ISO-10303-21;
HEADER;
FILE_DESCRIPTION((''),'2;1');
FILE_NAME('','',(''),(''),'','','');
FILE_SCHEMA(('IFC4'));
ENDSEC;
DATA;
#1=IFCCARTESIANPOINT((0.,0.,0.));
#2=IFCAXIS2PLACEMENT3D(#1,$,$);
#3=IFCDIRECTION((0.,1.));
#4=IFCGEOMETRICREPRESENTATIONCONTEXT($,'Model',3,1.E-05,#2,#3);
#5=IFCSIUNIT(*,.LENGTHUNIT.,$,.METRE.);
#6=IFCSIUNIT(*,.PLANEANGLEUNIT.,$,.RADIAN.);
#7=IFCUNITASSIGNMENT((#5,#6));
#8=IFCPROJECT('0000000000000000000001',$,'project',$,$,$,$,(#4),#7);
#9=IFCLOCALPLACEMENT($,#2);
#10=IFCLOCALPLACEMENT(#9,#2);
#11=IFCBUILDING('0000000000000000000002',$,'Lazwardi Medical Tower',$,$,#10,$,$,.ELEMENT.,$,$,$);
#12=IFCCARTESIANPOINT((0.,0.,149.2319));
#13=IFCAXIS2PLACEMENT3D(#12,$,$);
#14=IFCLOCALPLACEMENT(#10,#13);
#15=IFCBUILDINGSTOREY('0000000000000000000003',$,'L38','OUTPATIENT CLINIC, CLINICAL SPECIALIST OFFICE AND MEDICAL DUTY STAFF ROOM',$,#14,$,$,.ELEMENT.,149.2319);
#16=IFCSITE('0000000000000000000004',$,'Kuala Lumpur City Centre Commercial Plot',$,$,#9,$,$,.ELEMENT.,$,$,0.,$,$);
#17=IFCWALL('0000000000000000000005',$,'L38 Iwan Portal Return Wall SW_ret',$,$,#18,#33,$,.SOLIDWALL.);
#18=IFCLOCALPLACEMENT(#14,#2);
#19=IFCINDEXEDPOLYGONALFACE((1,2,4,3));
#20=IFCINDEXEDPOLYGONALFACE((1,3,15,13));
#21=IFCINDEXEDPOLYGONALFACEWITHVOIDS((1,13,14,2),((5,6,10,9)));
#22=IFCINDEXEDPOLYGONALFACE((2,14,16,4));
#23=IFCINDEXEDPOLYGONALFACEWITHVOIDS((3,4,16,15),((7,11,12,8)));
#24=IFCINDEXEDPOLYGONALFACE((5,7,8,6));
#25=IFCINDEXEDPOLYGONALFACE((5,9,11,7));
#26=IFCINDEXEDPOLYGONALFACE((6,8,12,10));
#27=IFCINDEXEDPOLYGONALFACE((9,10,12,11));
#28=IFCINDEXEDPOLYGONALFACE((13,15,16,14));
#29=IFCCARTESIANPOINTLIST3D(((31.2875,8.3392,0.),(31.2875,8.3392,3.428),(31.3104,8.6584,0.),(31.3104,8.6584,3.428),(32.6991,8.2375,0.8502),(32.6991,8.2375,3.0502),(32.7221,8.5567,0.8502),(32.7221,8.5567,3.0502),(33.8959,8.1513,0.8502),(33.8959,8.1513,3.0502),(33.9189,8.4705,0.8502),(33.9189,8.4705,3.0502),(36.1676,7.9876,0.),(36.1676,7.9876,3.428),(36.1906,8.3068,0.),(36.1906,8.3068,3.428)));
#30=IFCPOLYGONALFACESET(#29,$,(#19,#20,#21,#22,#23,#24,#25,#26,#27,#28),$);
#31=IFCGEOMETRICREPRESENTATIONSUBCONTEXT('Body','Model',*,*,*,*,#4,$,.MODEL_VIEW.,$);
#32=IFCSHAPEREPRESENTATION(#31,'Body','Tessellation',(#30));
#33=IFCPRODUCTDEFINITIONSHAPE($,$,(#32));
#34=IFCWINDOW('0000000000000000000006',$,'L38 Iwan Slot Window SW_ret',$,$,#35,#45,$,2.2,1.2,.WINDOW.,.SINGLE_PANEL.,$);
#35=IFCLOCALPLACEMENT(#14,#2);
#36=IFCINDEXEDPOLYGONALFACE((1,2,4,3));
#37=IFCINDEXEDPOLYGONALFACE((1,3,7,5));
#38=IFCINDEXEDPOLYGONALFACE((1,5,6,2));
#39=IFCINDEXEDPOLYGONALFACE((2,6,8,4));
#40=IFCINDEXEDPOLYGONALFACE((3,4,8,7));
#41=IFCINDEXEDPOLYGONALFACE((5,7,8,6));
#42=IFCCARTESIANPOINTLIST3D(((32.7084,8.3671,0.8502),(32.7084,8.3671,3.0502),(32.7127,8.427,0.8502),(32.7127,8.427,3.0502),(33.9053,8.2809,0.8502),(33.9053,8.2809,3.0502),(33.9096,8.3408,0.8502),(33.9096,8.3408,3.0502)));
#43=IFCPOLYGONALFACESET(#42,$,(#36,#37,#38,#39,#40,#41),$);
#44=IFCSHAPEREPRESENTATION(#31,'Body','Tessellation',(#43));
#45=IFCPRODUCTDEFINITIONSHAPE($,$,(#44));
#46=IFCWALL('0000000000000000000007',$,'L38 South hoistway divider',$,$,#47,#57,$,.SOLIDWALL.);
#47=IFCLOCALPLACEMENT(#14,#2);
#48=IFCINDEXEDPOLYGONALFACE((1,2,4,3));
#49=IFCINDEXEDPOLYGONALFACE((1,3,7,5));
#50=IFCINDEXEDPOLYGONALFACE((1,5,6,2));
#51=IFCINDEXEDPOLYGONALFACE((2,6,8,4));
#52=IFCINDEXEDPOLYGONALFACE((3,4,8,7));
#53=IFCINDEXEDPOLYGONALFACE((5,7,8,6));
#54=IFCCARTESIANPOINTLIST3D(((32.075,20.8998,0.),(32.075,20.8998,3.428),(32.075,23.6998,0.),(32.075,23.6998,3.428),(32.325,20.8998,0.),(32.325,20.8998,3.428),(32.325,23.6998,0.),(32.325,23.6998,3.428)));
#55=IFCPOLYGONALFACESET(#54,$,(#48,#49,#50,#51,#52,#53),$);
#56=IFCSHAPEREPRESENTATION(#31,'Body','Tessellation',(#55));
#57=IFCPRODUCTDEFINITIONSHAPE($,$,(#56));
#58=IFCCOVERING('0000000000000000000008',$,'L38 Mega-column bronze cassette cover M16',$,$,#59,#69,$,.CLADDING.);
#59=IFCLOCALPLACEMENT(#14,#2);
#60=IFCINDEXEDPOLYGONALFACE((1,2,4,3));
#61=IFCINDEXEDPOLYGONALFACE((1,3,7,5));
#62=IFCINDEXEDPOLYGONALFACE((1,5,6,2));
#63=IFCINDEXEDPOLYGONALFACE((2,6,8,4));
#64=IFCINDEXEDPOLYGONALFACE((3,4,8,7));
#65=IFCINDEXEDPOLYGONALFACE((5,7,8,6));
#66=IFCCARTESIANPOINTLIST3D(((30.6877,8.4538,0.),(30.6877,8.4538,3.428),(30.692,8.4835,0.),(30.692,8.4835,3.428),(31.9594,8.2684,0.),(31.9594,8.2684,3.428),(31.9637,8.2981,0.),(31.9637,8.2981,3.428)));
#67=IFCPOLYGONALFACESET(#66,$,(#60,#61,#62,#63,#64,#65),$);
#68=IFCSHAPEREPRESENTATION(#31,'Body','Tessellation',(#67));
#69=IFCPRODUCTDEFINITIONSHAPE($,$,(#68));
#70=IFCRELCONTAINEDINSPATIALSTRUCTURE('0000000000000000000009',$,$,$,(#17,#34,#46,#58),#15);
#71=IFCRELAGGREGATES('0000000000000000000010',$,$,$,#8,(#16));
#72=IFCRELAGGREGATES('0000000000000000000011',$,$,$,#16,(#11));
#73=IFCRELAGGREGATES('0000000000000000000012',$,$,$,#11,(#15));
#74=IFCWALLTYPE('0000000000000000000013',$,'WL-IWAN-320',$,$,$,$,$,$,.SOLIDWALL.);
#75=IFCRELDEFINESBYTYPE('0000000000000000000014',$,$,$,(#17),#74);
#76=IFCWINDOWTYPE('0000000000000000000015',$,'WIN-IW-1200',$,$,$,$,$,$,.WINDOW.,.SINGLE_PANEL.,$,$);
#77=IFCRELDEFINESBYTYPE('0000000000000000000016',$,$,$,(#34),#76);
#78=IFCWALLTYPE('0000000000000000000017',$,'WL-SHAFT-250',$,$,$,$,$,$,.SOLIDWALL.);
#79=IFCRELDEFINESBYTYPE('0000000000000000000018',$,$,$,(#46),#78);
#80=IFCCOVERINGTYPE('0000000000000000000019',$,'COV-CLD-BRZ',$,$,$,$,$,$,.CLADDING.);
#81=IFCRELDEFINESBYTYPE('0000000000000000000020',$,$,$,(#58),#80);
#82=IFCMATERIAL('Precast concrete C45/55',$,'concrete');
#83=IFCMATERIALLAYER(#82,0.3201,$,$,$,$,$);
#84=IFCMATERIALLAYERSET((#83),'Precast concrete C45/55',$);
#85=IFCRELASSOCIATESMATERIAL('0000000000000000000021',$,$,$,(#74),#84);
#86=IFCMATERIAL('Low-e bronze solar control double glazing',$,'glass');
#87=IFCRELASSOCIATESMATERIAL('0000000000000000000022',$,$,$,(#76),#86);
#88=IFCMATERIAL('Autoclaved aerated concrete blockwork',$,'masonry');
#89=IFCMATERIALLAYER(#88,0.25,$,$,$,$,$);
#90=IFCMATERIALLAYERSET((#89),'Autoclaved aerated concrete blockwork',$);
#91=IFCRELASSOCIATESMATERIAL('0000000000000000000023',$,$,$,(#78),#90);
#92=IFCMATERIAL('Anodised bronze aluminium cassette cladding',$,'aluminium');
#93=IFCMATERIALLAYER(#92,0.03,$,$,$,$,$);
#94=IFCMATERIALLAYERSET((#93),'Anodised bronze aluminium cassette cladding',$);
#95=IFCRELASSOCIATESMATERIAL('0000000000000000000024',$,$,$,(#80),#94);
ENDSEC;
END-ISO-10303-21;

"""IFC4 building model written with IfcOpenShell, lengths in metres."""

from ifc_helpers import new_model, si_unit, direction, frame, frame_2d, origin, origin_2d, place, context, subcontext, project, spatial, rectangle, extrude, material, layer, layer_set, type_object, element, fill, save


model = new_model("IFC4")

# Units and contexts
model_context = context("Model", 3, precision=1e-05, world=origin(), true_north=direction((0.0, 1.0)))
body_context = subcontext(model_context, "Body", "Model", "MODEL_VIEW")
ifc_project = project(units=[si_unit("LENGTHUNIT", "METRE"), si_unit("PLANEANGLEUNIT", "RADIAN")], contexts=[model_context])

# Site, building, storey
site_placement = place(None, origin())
site = spatial("IfcSite", under=ifc_project, at=site_placement, Name="Kuala Lumpur City Centre Commercial Plot", CompositionType="ELEMENT", RefElevation=0.0)
building_placement = place(site_placement, origin())
building = spatial("IfcBuilding", under=site, at=building_placement, Name="Lazwardi Medical Tower", CompositionType="ELEMENT")
storey_placement = place(building_placement, frame((0.0, 0.0, 149.2319)))
storey = spatial("IfcBuildingStorey", under=building, at=storey_placement, Name="L38", Description="OUTPATIENT CLINIC, CLINICAL SPECIALIST OFFICE AND MEDICAL DUTY STAFF ROOM", CompositionType="ELEMENT", Elevation=149.2319)

# Shared definitions
ifc_material_1 = material(Name="Low-e bronze solar control double glazing", Category="glass")

# Wall, opening, window
ifc_material_2 = material(Name="Precast concrete C45/55", Category="concrete")
ifc_layer_1 = layer(ifc_material_2, 0.3201)
ifc_layer_set_1 = layer_set([ifc_layer_1], Name="Precast concrete C45/55")
wall_type_1 = type_object("IfcWallType", Name="WL-IWAN-320", PredefinedType="SOLIDWALL", material=ifc_layer_set_1)
wall_1_placement = place(storey_placement, frame((31.2991, 8.4988, 0.0), z_axis=(0.0, 0.0, 1.0), x_axis=(0.997415, -0.071853, 0.0)))
wall_1 = element("IfcWall", 1, at=wall_1_placement, inside=storey, type_object=wall_type_1, Name="L38 Iwan Portal Return Wall SW_ret", PredefinedType="SOLIDWALL", context=body_context, shape_type="SweptSolid", body=[
    extrude(rectangle(XDim=4.8928, YDim=0.3201, at=frame_2d((2.4463, 0.0))), origin(), (0.0, 0.0, 1.0), 3.428),
])
opening_1_placement = place(wall_1_placement, frame((1.415, 0.0, 0.8501)))
opening_1 = element("IfcOpeningElement", 2, at=opening_1_placement, cuts=wall_1, PredefinedType="OPENING", context=body_context, shape_type="SweptSolid", body=[
    extrude(rectangle(XDim=1.2, YDim=2.2, at=frame_2d((0.6001, 1.1001))), frame((0.0, 0.1699, 0.0), z_axis=(0.0, -1.0, 0.0), x_axis=(1.0, 0.0, 0.0)), (0.0, 0.0, 1.0), 0.3401),
])
window_type = type_object("IfcWindowType", Name="WIN-IW-1200", PartitioningType="SINGLE_PANEL", PredefinedType="WINDOW", material=ifc_material_1)
window_placement = place(opening_1_placement, origin())
window = element("IfcWindow", 3, at=window_placement, inside=storey, type_object=window_type, Name="L38 Iwan Slot Window SW_ret", OverallHeight=2.2, OverallWidth=1.2, PartitioningType="SINGLE_PANEL", PredefinedType="WINDOW", context=body_context, shape_type="SweptSolid", body=[
    extrude(rectangle(XDim=1.2, YDim=2.2, at=frame_2d((0.6001, 1.1001))), frame((0.0, 0.03, 0.0), z_axis=(0.0, -1.0, 0.0), x_axis=(1.0, 0.0, 0.0)), (0.0, 0.0, 1.0), 0.0601),
])
fill(opening_1, window)

# Wall
ifc_material_3 = material(Name="Autoclaved aerated concrete blockwork", Category="masonry")
ifc_layer_2 = layer(ifc_material_3, 0.25)
ifc_layer_set_2 = layer_set([ifc_layer_2], Name="Autoclaved aerated concrete blockwork")
wall_type_2 = type_object("IfcWallType", Name="WL-SHAFT-250", PredefinedType="SOLIDWALL", material=ifc_layer_set_2)
wall_2_placement = place(storey_placement, frame((32.2, 20.8999, 0.0), z_axis=(0.0, 0.0, 1.0), x_axis=(0.0, 1.0, 0.0)))
element("IfcWall", 4, at=wall_2_placement, inside=storey, type_object=wall_type_2, Name="L38 South hoistway divider", PredefinedType="SOLIDWALL", context=body_context, shape_type="SweptSolid", body=[
    extrude(rectangle(XDim=2.8, YDim=0.25, at=frame_2d((1.3999, 0.0))), origin(), (0.0, 0.0, 1.0), 3.428),
])

# Covering
ifc_material_4 = material(Name="Anodised bronze aluminium cassette cladding", Category="aluminium")
ifc_layer_3 = layer(ifc_material_4, 0.03)
ifc_layer_set_3 = layer_set([ifc_layer_3], Name="Anodised bronze aluminium cassette cladding")
covering_type = type_object("IfcCoveringType", Name="COV-CLD-BRZ", PredefinedType="CLADDING", material=ifc_layer_set_3)
covering_placement = place(storey_placement, frame((31.3257, 8.376, 0.0), z_axis=(0.0, 0.0, 1.0), x_axis=(0.989539, -0.144265, 0.0)))
element("IfcCovering", 5, at=covering_placement, inside=storey, type_object=covering_type, Name="L38 Mega-column bronze cassette cover M16", PredefinedType="CLADDING", context=body_context, shape_type="SweptSolid", body=[
    extrude(rectangle(XDim=1.2852, YDim=0.03, at=origin_2d()), origin(), (0.0, 0.0, 1.0), 3.428),
])

save(model, "model.ifc")
